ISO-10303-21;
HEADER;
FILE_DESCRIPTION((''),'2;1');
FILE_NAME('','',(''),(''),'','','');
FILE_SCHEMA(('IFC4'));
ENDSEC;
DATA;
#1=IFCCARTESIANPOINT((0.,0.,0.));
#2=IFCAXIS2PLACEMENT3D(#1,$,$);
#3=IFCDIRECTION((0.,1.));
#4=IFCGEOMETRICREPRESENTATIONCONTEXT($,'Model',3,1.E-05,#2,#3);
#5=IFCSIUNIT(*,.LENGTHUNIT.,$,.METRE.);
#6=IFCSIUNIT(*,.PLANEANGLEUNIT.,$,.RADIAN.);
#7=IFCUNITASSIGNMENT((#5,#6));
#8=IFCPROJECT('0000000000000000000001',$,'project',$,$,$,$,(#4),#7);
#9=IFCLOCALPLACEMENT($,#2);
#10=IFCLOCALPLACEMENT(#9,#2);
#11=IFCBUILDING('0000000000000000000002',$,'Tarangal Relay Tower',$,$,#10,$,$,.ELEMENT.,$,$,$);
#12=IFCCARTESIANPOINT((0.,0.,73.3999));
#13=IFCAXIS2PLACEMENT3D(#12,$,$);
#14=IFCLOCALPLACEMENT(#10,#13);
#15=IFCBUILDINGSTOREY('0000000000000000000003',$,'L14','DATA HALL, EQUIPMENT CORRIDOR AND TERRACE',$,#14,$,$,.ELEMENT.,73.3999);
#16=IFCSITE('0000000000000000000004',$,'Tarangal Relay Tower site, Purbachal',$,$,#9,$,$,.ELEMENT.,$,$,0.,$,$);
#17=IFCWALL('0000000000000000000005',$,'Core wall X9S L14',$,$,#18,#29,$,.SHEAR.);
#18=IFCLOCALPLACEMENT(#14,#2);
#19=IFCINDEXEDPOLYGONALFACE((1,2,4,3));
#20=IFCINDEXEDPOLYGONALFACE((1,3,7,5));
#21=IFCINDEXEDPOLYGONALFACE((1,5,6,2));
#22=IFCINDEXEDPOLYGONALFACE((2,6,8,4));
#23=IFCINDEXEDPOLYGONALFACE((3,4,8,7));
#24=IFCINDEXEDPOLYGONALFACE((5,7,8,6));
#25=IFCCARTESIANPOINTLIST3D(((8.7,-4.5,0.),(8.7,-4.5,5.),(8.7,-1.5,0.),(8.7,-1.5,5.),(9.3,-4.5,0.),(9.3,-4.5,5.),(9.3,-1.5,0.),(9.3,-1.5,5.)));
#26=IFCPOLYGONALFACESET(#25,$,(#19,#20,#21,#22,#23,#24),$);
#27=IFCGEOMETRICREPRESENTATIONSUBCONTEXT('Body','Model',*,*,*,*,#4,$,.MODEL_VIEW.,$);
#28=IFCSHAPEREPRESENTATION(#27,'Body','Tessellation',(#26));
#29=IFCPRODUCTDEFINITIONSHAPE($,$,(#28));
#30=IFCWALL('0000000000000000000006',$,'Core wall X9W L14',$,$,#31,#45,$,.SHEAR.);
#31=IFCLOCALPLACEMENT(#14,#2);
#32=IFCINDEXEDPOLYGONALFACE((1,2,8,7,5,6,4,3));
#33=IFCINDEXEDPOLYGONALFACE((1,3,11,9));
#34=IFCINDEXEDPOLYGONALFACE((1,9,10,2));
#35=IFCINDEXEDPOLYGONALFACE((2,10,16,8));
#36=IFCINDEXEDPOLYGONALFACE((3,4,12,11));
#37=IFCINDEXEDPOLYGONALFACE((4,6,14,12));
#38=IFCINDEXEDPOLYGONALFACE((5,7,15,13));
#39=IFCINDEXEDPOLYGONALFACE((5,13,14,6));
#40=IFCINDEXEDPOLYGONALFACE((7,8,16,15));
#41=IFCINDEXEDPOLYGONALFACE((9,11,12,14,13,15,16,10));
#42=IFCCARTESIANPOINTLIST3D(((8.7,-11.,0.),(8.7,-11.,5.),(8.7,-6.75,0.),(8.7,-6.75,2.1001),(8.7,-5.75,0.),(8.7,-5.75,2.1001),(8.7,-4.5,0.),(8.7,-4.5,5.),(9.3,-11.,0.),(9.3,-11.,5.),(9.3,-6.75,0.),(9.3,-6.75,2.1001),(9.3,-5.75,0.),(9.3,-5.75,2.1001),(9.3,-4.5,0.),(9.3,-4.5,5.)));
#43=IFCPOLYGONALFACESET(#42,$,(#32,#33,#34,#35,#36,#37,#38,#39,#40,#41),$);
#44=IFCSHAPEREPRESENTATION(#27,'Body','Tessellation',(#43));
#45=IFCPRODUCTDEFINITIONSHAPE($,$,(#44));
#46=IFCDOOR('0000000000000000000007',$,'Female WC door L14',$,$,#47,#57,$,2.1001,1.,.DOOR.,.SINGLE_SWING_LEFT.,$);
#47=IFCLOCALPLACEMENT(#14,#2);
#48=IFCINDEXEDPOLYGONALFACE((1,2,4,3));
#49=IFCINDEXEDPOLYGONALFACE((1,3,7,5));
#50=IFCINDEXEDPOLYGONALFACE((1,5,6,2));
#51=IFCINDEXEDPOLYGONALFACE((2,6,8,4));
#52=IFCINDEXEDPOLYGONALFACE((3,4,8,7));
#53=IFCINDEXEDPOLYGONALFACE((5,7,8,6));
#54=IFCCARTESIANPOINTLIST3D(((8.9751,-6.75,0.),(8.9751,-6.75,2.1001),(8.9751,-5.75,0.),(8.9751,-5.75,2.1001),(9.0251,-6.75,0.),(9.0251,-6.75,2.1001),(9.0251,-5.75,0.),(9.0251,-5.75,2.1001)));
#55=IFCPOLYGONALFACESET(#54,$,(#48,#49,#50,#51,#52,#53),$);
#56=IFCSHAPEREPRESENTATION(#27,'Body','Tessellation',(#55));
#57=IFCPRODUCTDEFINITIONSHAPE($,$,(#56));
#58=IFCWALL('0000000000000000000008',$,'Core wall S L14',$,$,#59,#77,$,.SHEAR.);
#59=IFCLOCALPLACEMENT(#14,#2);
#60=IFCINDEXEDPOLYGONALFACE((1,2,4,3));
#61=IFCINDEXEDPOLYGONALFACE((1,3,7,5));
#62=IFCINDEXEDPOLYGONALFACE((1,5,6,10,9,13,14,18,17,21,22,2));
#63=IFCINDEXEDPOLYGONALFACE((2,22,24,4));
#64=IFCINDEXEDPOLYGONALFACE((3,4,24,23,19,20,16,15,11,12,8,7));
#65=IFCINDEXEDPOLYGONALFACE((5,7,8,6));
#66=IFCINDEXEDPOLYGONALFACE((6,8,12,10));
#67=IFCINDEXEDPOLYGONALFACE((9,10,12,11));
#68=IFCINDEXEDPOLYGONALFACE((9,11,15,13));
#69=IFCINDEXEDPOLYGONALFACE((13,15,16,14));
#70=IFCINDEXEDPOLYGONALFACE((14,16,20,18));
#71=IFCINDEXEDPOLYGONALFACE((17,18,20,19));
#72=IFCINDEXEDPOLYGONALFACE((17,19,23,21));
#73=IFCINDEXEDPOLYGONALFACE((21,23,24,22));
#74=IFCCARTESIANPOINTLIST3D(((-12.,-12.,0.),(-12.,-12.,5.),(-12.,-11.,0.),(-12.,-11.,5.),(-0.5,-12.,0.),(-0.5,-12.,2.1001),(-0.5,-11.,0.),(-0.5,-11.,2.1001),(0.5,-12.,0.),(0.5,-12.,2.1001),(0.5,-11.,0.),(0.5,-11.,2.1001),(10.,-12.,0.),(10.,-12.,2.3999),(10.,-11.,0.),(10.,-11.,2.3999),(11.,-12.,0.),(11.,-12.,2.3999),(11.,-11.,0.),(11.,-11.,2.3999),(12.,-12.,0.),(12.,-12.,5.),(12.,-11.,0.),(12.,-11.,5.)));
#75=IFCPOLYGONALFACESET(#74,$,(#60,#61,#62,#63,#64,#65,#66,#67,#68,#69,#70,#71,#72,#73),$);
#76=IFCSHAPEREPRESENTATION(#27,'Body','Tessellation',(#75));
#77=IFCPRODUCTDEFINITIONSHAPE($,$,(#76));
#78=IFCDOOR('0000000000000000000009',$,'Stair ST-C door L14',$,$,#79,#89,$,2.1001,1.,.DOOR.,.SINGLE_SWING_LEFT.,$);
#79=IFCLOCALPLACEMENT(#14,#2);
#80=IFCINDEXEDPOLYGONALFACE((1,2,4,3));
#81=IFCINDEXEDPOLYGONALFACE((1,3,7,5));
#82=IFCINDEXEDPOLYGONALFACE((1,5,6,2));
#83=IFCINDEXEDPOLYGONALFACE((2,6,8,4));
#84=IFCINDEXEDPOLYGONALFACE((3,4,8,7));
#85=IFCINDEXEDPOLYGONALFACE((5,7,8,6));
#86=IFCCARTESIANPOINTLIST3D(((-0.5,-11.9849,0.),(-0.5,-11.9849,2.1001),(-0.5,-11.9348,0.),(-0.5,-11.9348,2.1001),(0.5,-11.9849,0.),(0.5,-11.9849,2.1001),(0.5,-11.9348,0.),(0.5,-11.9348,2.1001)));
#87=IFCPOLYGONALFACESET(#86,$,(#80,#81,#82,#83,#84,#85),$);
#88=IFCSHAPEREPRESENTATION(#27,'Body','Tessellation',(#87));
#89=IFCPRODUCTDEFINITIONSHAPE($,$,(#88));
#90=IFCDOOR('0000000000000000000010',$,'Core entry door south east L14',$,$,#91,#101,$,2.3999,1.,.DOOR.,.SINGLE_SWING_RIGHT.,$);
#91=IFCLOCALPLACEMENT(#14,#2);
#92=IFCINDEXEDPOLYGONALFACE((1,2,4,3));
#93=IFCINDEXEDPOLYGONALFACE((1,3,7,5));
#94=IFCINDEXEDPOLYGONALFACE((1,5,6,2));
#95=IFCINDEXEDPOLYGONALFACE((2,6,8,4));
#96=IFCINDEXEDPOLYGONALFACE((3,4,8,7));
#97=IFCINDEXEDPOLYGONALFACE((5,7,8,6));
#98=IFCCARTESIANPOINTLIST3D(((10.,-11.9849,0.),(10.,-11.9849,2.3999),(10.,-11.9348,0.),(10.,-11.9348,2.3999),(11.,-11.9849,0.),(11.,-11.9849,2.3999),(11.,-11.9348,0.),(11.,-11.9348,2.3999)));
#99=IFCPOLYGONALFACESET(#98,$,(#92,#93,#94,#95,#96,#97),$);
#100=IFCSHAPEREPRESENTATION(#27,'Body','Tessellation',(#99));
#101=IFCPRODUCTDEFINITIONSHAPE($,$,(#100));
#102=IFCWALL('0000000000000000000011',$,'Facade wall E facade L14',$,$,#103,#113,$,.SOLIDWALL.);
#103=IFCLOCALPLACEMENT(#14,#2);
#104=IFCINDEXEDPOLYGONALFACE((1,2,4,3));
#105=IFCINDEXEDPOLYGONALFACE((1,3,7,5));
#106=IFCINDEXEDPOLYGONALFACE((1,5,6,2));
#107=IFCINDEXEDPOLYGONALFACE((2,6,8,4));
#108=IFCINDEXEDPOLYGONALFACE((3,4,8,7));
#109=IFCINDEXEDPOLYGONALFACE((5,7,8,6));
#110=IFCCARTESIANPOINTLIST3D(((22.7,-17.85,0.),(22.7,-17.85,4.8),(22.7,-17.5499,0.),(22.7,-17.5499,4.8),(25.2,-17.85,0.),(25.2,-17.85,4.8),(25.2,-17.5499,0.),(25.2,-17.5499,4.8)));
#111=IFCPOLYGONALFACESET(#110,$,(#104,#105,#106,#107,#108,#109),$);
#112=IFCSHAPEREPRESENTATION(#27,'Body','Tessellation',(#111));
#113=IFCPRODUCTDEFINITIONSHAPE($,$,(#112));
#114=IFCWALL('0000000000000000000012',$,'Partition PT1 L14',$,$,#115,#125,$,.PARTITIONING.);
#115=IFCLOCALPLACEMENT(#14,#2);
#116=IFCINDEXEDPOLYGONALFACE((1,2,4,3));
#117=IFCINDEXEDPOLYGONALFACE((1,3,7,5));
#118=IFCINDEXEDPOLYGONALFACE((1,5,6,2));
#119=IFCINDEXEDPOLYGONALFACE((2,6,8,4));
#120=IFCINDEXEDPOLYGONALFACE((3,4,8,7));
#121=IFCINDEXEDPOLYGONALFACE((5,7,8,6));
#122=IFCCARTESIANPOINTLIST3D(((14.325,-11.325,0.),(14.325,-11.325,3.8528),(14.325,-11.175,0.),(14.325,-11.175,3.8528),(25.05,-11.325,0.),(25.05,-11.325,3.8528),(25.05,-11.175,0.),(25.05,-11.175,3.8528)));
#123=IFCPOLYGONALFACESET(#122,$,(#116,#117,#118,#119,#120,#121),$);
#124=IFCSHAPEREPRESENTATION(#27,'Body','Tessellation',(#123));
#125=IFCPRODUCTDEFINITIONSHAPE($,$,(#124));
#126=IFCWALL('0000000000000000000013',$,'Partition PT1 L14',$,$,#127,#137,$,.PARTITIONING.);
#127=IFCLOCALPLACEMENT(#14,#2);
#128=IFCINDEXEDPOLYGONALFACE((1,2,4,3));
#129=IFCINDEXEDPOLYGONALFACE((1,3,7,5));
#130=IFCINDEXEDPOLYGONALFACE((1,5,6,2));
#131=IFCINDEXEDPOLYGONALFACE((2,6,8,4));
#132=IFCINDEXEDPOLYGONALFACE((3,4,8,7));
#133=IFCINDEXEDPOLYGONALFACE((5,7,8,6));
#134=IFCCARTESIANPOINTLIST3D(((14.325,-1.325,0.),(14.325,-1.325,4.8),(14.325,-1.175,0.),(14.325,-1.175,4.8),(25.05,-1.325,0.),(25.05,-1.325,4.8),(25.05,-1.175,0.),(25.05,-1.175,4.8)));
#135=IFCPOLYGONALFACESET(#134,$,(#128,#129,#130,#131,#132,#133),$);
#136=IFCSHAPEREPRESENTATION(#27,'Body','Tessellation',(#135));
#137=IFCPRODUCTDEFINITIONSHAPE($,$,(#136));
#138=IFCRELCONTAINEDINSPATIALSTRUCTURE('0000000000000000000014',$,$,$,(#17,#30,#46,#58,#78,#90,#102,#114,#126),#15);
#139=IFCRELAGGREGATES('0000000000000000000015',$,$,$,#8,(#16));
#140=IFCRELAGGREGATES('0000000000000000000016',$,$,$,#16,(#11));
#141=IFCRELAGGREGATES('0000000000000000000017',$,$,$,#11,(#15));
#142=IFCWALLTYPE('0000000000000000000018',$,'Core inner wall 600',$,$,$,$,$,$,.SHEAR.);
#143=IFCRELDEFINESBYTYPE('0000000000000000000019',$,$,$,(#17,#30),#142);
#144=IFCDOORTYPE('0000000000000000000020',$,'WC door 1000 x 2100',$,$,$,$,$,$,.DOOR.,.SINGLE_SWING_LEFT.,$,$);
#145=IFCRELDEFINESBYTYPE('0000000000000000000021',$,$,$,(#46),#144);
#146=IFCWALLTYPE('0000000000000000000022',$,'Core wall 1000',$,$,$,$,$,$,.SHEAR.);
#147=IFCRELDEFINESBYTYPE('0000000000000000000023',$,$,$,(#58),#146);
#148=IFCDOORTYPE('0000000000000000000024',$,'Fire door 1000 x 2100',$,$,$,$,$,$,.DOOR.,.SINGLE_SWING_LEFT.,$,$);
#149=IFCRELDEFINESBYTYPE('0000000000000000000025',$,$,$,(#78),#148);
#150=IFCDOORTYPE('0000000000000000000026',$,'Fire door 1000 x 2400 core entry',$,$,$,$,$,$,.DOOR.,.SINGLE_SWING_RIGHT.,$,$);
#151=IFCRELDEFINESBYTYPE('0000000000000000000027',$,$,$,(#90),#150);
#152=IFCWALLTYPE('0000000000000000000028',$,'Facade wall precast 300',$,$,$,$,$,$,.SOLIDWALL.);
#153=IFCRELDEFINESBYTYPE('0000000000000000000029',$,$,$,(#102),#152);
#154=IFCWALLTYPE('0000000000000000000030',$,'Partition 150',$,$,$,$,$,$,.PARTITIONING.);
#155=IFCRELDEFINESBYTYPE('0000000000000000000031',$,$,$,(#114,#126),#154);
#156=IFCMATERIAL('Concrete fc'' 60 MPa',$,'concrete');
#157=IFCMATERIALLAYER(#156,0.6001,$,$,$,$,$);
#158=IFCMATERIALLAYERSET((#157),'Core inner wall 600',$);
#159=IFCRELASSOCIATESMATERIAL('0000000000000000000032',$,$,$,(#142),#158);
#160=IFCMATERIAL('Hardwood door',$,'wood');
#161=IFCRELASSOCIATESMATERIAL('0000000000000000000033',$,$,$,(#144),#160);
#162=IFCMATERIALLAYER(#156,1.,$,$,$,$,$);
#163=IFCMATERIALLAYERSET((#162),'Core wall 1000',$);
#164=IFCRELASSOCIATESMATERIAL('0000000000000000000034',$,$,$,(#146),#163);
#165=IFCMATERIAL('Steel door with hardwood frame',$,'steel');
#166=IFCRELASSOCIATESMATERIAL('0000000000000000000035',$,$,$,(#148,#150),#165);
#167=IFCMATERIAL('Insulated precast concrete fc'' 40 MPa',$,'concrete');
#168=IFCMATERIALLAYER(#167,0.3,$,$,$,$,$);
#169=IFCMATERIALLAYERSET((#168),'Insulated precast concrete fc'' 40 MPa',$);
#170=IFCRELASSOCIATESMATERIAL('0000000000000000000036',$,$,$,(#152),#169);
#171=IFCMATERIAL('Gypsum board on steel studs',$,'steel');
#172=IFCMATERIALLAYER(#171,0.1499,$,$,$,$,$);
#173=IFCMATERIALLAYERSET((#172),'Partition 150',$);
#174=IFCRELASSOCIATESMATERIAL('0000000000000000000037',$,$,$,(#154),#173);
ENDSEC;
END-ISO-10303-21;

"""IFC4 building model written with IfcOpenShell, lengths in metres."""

from ifc_helpers import new_model, si_unit, direction, frame, frame_2d, origin, place, context, subcontext, project, spatial, rectangle, extrude, material, layer, layer_set, type_object, element, fill, save


model = new_model("IFC4")

# Units and contexts
model_context = context("Model", 3, precision=1e-05, world=origin(), true_north=direction((0.0, 1.0)))
body_context = subcontext(model_context, "Body", "Model", "MODEL_VIEW")
ifc_project = project(units=[si_unit("LENGTHUNIT", "METRE"), si_unit("PLANEANGLEUNIT", "RADIAN")], contexts=[model_context])

# Site, building, storey
site_placement = place(None, origin())
site = spatial("IfcSite", under=ifc_project, at=site_placement, Name="Tarangal Relay Tower site, Purbachal", CompositionType="ELEMENT", RefElevation=0.0)
building_placement = place(site_placement, origin())
building = spatial("IfcBuilding", under=site, at=building_placement, Name="Tarangal Relay Tower", CompositionType="ELEMENT")
storey_placement = place(building_placement, frame((0.0, 0.0, 73.3999)))
storey = spatial("IfcBuildingStorey", under=building, at=storey_placement, Name="L14", Description="DATA HALL, EQUIPMENT CORRIDOR AND TERRACE", CompositionType="ELEMENT", Elevation=73.3999)

# Wall
ifc_material_1 = material(Name="Concrete fc' 60 MPa", Category="concrete")
ifc_layer_1 = layer(ifc_material_1, 0.6001)
ifc_layer_set_1 = layer_set([ifc_layer_1], Name="Core inner wall 600")
wall_type_1 = type_object("IfcWallType", Name="Core inner wall 600", PredefinedType="SHEAR", material=ifc_layer_set_1)
wall_1_placement = place(storey_placement, frame((9.0, -4.5, 0.0), z_axis=(0.0, 0.0, 1.0), x_axis=(0.0, 1.0, 0.0)))
element("IfcWall", 1, at=wall_1_placement, inside=storey, type_object=wall_type_1, Name="Core wall X9S L14", PredefinedType="SHEAR", context=body_context, shape_type="SweptSolid", body=[
    extrude(rectangle(XDim=3.0, YDim=0.6001, at=frame_2d((1.5, 0.0))), origin(), (0.0, 0.0, 1.0), 5.0),
])

# Wall, opening, door
wall_2_placement = place(storey_placement, frame((9.0, -11.0, 0.0), z_axis=(0.0, 0.0, 1.0), x_axis=(0.0, 1.0, 0.0)))
wall_2 = element("IfcWall", 2, at=wall_2_placement, inside=storey, type_object=wall_type_1, Name="Core wall X9W L14", PredefinedType="SHEAR", context=body_context, shape_type="SweptSolid", body=[
    extrude(rectangle(XDim=6.5, YDim=0.6001, at=frame_2d((3.25, 0.0))), origin(), (0.0, 0.0, 1.0), 5.0),
])
opening_1_placement = place(wall_2_placement, frame((4.25, 0.0, 0.0)))
opening_1 = element("IfcOpeningElement", 3, at=opening_1_placement, cuts=wall_2, PredefinedType="OPENING", context=body_context, shape_type="SweptSolid", body=[
    extrude(rectangle(XDim=1.0, YDim=2.1001, at=frame_2d((0.5, 1.05))), frame((0.0, 0.3101, 0.0), z_axis=(0.0, -1.0, 0.0), x_axis=(1.0, 0.0, 0.0)), (0.0, 0.0, 1.0), 0.6201),
])
ifc_material_2 = material(Name="Hardwood door", Category="wood")
door_type_1 = type_object("IfcDoorType", Name="WC door 1000 x 2100", OperationType="SINGLE_SWING_LEFT", PredefinedType="DOOR", material=ifc_material_2)
door_1_placement = place(opening_1_placement, origin())
door_1 = element("IfcDoor", 4, at=door_1_placement, inside=storey, type_object=door_type_1, Name="Female WC door L14", OperationType="SINGLE_SWING_LEFT", OverallHeight=2.1001, OverallWidth=1.0, PredefinedType="DOOR", context=body_context, shape_type="SweptSolid", body=[
    extrude(rectangle(XDim=1.0, YDim=2.1001, at=frame_2d((0.5, 1.05))), frame((0.0, 0.0249, 0.0), z_axis=(0.0, -1.0, 0.0), x_axis=(1.0, 0.0, 0.0)), (0.0, 0.0, 1.0), 0.05),
])
fill(opening_1, door_1)

# Wall, openings, doors
ifc_layer_2 = layer(ifc_material_1, 1.0)
ifc_layer_set_2 = layer_set([ifc_layer_2], Name="Core wall 1000")
wall_type_2 = type_object("IfcWallType", Name="Core wall 1000", PredefinedType="SHEAR", material=ifc_layer_set_2)
wall_3_placement = place(storey_placement, frame((12.0, -11.5, 0.0), z_axis=(0.0, 0.0, 1.0), x_axis=(-1.0, 0.0, 0.0)))
wall_3 = element("IfcWall", 5, at=wall_3_placement, inside=storey, type_object=wall_type_2, Name="Core wall S L14", PredefinedType="SHEAR", context=body_context, shape_type="SweptSolid", body=[
    extrude(rectangle(XDim=24.0, YDim=1.0, at=frame_2d((12.0, 0.0))), origin(), (0.0, 0.0, 1.0), 5.0),
])
opening_2_placement = place(wall_3_placement, frame((11.5, 0.0, 0.0)))
opening_2 = element("IfcOpeningElement", 6, at=opening_2_placement, cuts=wall_3, PredefinedType="OPENING", context=body_context, shape_type="SweptSolid", body=[
    extrude(rectangle(XDim=1.0, YDim=2.1001, at=frame_2d((0.5, 1.05))), frame((0.0, 0.51, 0.0), z_axis=(0.0, -1.0, 0.0), x_axis=(1.0, 0.0, 0.0)), (0.0, 0.0, 1.0), 1.02),
])
opening_3_placement = place(wall_3_placement, frame((1.0, 0.0, 0.0)))
opening_3 = element("IfcOpeningElement", 7, at=opening_3_placement, cuts=wall_3, PredefinedType="OPENING", context=body_context, shape_type="SweptSolid", body=[
    extrude(rectangle(XDim=1.0, YDim=2.3999, at=frame_2d((0.5, 1.2))), frame((0.0, 0.51, 0.0), z_axis=(0.0, -1.0, 0.0), x_axis=(1.0, 0.0, 0.0)), (0.0, 0.0, 1.0), 1.02),
])
ifc_material_3 = material(Name="Steel door with hardwood frame", Category="steel")
door_type_2 = type_object("IfcDoorType", Name="Fire door 1000 x 2100", OperationType="SINGLE_SWING_LEFT", PredefinedType="DOOR", material=ifc_material_3)
door_2_placement = place(opening_2_placement, origin())
door_2 = element("IfcDoor", 8, at=door_2_placement, inside=storey, type_object=door_type_2, Name="Stair ST-C door L14", OperationType="SINGLE_SWING_LEFT", OverallHeight=2.1001, OverallWidth=1.0, PredefinedType="DOOR", context=body_context, shape_type="SweptSolid", body=[
    extrude(rectangle(XDim=1.0, YDim=2.1001, at=frame_2d((0.5, 1.05))), frame((0.0, 0.4849, 0.0), z_axis=(0.0, -1.0, 0.0), x_axis=(1.0, 0.0, 0.0)), (0.0, 0.0, 1.0), 0.05),
])
fill(opening_2, door_2)
door_type_3 = type_object("IfcDoorType", Name="Fire door 1000 x 2400 core entry", OperationType="SINGLE_SWING_RIGHT", PredefinedType="DOOR", material=ifc_material_3)
door_3_placement = place(opening_3_placement, origin())
door_3 = element("IfcDoor", 9, at=door_3_placement, inside=storey, type_object=door_type_3, Name="Core entry door south east L14", OperationType="SINGLE_SWING_RIGHT", OverallHeight=2.3999, OverallWidth=1.0, PredefinedType="DOOR", context=body_context, shape_type="SweptSolid", body=[
    extrude(rectangle(XDim=1.0, YDim=2.3999, at=frame_2d((0.5, 1.2))), frame((0.0, 0.4849, 0.0), z_axis=(0.0, -1.0, 0.0), x_axis=(1.0, 0.0, 0.0)), (0.0, 0.0, 1.0), 0.05),
])
fill(opening_3, door_3)

# Walls
ifc_material_4 = material(Name="Insulated precast concrete fc' 40 MPa", Category="concrete")
ifc_layer_3 = layer(ifc_material_4, 0.3)
ifc_layer_set_3 = layer_set([ifc_layer_3], Name="Insulated precast concrete fc' 40 MPa")
wall_type_3 = type_object("IfcWallType", Name="Facade wall precast 300", PredefinedType="SOLIDWALL", material=ifc_layer_set_3)
wall_4_placement = place(storey_placement, frame((25.2, -17.7, 0.0), z_axis=(0.0, 0.0, 1.0), x_axis=(-1.0, 0.0, 0.0)))
element("IfcWall", 10, at=wall_4_placement, inside=storey, type_object=wall_type_3, Name="Facade wall E facade L14", PredefinedType="SOLIDWALL", context=body_context, shape_type="SweptSolid", body=[
    extrude(rectangle(XDim=2.5, YDim=0.3, at=frame_2d((1.25, 0.0))), origin(), (0.0, 0.0, 1.0), 4.8),
])
ifc_material_5 = material(Name="Gypsum board on steel studs", Category="steel")
ifc_layer_4 = layer(ifc_material_5, 0.1499)
ifc_layer_set_4 = layer_set([ifc_layer_4], Name="Partition 150")
wall_type_4 = type_object("IfcWallType", Name="Partition 150", PredefinedType="PARTITIONING", material=ifc_layer_set_4)
wall_5_placement = place(storey_placement, frame((14.325, -11.25, 0.0), z_axis=(0.0, 0.0, 1.0), x_axis=(1.0, 0.0, 0.0)))
element("IfcWall", 11, at=wall_5_placement, inside=storey, type_object=wall_type_4, Name="Partition PT1 L14", PredefinedType="PARTITIONING", context=body_context, shape_type="SweptSolid", body=[
    extrude(rectangle(XDim=10.7251, YDim=0.1499, at=frame_2d((5.3625, 0.0))), origin(), (0.0, 0.0, 1.0), 3.8528),
])
wall_6_placement = place(storey_placement, frame((14.325, -1.25, 0.0), z_axis=(0.0, 0.0, 1.0), x_axis=(1.0, 0.0, 0.0)))
element("IfcWall", 12, at=wall_6_placement, inside=storey, type_object=wall_type_4, Name="Partition PT1 L14", PredefinedType="PARTITIONING", context=body_context, shape_type="SweptSolid", body=[
    extrude(rectangle(XDim=10.7251, YDim=0.1499, at=frame_2d((5.3625, 0.0))), origin(), (0.0, 0.0, 1.0), 4.8),
])

save(model, "model.ifc")
